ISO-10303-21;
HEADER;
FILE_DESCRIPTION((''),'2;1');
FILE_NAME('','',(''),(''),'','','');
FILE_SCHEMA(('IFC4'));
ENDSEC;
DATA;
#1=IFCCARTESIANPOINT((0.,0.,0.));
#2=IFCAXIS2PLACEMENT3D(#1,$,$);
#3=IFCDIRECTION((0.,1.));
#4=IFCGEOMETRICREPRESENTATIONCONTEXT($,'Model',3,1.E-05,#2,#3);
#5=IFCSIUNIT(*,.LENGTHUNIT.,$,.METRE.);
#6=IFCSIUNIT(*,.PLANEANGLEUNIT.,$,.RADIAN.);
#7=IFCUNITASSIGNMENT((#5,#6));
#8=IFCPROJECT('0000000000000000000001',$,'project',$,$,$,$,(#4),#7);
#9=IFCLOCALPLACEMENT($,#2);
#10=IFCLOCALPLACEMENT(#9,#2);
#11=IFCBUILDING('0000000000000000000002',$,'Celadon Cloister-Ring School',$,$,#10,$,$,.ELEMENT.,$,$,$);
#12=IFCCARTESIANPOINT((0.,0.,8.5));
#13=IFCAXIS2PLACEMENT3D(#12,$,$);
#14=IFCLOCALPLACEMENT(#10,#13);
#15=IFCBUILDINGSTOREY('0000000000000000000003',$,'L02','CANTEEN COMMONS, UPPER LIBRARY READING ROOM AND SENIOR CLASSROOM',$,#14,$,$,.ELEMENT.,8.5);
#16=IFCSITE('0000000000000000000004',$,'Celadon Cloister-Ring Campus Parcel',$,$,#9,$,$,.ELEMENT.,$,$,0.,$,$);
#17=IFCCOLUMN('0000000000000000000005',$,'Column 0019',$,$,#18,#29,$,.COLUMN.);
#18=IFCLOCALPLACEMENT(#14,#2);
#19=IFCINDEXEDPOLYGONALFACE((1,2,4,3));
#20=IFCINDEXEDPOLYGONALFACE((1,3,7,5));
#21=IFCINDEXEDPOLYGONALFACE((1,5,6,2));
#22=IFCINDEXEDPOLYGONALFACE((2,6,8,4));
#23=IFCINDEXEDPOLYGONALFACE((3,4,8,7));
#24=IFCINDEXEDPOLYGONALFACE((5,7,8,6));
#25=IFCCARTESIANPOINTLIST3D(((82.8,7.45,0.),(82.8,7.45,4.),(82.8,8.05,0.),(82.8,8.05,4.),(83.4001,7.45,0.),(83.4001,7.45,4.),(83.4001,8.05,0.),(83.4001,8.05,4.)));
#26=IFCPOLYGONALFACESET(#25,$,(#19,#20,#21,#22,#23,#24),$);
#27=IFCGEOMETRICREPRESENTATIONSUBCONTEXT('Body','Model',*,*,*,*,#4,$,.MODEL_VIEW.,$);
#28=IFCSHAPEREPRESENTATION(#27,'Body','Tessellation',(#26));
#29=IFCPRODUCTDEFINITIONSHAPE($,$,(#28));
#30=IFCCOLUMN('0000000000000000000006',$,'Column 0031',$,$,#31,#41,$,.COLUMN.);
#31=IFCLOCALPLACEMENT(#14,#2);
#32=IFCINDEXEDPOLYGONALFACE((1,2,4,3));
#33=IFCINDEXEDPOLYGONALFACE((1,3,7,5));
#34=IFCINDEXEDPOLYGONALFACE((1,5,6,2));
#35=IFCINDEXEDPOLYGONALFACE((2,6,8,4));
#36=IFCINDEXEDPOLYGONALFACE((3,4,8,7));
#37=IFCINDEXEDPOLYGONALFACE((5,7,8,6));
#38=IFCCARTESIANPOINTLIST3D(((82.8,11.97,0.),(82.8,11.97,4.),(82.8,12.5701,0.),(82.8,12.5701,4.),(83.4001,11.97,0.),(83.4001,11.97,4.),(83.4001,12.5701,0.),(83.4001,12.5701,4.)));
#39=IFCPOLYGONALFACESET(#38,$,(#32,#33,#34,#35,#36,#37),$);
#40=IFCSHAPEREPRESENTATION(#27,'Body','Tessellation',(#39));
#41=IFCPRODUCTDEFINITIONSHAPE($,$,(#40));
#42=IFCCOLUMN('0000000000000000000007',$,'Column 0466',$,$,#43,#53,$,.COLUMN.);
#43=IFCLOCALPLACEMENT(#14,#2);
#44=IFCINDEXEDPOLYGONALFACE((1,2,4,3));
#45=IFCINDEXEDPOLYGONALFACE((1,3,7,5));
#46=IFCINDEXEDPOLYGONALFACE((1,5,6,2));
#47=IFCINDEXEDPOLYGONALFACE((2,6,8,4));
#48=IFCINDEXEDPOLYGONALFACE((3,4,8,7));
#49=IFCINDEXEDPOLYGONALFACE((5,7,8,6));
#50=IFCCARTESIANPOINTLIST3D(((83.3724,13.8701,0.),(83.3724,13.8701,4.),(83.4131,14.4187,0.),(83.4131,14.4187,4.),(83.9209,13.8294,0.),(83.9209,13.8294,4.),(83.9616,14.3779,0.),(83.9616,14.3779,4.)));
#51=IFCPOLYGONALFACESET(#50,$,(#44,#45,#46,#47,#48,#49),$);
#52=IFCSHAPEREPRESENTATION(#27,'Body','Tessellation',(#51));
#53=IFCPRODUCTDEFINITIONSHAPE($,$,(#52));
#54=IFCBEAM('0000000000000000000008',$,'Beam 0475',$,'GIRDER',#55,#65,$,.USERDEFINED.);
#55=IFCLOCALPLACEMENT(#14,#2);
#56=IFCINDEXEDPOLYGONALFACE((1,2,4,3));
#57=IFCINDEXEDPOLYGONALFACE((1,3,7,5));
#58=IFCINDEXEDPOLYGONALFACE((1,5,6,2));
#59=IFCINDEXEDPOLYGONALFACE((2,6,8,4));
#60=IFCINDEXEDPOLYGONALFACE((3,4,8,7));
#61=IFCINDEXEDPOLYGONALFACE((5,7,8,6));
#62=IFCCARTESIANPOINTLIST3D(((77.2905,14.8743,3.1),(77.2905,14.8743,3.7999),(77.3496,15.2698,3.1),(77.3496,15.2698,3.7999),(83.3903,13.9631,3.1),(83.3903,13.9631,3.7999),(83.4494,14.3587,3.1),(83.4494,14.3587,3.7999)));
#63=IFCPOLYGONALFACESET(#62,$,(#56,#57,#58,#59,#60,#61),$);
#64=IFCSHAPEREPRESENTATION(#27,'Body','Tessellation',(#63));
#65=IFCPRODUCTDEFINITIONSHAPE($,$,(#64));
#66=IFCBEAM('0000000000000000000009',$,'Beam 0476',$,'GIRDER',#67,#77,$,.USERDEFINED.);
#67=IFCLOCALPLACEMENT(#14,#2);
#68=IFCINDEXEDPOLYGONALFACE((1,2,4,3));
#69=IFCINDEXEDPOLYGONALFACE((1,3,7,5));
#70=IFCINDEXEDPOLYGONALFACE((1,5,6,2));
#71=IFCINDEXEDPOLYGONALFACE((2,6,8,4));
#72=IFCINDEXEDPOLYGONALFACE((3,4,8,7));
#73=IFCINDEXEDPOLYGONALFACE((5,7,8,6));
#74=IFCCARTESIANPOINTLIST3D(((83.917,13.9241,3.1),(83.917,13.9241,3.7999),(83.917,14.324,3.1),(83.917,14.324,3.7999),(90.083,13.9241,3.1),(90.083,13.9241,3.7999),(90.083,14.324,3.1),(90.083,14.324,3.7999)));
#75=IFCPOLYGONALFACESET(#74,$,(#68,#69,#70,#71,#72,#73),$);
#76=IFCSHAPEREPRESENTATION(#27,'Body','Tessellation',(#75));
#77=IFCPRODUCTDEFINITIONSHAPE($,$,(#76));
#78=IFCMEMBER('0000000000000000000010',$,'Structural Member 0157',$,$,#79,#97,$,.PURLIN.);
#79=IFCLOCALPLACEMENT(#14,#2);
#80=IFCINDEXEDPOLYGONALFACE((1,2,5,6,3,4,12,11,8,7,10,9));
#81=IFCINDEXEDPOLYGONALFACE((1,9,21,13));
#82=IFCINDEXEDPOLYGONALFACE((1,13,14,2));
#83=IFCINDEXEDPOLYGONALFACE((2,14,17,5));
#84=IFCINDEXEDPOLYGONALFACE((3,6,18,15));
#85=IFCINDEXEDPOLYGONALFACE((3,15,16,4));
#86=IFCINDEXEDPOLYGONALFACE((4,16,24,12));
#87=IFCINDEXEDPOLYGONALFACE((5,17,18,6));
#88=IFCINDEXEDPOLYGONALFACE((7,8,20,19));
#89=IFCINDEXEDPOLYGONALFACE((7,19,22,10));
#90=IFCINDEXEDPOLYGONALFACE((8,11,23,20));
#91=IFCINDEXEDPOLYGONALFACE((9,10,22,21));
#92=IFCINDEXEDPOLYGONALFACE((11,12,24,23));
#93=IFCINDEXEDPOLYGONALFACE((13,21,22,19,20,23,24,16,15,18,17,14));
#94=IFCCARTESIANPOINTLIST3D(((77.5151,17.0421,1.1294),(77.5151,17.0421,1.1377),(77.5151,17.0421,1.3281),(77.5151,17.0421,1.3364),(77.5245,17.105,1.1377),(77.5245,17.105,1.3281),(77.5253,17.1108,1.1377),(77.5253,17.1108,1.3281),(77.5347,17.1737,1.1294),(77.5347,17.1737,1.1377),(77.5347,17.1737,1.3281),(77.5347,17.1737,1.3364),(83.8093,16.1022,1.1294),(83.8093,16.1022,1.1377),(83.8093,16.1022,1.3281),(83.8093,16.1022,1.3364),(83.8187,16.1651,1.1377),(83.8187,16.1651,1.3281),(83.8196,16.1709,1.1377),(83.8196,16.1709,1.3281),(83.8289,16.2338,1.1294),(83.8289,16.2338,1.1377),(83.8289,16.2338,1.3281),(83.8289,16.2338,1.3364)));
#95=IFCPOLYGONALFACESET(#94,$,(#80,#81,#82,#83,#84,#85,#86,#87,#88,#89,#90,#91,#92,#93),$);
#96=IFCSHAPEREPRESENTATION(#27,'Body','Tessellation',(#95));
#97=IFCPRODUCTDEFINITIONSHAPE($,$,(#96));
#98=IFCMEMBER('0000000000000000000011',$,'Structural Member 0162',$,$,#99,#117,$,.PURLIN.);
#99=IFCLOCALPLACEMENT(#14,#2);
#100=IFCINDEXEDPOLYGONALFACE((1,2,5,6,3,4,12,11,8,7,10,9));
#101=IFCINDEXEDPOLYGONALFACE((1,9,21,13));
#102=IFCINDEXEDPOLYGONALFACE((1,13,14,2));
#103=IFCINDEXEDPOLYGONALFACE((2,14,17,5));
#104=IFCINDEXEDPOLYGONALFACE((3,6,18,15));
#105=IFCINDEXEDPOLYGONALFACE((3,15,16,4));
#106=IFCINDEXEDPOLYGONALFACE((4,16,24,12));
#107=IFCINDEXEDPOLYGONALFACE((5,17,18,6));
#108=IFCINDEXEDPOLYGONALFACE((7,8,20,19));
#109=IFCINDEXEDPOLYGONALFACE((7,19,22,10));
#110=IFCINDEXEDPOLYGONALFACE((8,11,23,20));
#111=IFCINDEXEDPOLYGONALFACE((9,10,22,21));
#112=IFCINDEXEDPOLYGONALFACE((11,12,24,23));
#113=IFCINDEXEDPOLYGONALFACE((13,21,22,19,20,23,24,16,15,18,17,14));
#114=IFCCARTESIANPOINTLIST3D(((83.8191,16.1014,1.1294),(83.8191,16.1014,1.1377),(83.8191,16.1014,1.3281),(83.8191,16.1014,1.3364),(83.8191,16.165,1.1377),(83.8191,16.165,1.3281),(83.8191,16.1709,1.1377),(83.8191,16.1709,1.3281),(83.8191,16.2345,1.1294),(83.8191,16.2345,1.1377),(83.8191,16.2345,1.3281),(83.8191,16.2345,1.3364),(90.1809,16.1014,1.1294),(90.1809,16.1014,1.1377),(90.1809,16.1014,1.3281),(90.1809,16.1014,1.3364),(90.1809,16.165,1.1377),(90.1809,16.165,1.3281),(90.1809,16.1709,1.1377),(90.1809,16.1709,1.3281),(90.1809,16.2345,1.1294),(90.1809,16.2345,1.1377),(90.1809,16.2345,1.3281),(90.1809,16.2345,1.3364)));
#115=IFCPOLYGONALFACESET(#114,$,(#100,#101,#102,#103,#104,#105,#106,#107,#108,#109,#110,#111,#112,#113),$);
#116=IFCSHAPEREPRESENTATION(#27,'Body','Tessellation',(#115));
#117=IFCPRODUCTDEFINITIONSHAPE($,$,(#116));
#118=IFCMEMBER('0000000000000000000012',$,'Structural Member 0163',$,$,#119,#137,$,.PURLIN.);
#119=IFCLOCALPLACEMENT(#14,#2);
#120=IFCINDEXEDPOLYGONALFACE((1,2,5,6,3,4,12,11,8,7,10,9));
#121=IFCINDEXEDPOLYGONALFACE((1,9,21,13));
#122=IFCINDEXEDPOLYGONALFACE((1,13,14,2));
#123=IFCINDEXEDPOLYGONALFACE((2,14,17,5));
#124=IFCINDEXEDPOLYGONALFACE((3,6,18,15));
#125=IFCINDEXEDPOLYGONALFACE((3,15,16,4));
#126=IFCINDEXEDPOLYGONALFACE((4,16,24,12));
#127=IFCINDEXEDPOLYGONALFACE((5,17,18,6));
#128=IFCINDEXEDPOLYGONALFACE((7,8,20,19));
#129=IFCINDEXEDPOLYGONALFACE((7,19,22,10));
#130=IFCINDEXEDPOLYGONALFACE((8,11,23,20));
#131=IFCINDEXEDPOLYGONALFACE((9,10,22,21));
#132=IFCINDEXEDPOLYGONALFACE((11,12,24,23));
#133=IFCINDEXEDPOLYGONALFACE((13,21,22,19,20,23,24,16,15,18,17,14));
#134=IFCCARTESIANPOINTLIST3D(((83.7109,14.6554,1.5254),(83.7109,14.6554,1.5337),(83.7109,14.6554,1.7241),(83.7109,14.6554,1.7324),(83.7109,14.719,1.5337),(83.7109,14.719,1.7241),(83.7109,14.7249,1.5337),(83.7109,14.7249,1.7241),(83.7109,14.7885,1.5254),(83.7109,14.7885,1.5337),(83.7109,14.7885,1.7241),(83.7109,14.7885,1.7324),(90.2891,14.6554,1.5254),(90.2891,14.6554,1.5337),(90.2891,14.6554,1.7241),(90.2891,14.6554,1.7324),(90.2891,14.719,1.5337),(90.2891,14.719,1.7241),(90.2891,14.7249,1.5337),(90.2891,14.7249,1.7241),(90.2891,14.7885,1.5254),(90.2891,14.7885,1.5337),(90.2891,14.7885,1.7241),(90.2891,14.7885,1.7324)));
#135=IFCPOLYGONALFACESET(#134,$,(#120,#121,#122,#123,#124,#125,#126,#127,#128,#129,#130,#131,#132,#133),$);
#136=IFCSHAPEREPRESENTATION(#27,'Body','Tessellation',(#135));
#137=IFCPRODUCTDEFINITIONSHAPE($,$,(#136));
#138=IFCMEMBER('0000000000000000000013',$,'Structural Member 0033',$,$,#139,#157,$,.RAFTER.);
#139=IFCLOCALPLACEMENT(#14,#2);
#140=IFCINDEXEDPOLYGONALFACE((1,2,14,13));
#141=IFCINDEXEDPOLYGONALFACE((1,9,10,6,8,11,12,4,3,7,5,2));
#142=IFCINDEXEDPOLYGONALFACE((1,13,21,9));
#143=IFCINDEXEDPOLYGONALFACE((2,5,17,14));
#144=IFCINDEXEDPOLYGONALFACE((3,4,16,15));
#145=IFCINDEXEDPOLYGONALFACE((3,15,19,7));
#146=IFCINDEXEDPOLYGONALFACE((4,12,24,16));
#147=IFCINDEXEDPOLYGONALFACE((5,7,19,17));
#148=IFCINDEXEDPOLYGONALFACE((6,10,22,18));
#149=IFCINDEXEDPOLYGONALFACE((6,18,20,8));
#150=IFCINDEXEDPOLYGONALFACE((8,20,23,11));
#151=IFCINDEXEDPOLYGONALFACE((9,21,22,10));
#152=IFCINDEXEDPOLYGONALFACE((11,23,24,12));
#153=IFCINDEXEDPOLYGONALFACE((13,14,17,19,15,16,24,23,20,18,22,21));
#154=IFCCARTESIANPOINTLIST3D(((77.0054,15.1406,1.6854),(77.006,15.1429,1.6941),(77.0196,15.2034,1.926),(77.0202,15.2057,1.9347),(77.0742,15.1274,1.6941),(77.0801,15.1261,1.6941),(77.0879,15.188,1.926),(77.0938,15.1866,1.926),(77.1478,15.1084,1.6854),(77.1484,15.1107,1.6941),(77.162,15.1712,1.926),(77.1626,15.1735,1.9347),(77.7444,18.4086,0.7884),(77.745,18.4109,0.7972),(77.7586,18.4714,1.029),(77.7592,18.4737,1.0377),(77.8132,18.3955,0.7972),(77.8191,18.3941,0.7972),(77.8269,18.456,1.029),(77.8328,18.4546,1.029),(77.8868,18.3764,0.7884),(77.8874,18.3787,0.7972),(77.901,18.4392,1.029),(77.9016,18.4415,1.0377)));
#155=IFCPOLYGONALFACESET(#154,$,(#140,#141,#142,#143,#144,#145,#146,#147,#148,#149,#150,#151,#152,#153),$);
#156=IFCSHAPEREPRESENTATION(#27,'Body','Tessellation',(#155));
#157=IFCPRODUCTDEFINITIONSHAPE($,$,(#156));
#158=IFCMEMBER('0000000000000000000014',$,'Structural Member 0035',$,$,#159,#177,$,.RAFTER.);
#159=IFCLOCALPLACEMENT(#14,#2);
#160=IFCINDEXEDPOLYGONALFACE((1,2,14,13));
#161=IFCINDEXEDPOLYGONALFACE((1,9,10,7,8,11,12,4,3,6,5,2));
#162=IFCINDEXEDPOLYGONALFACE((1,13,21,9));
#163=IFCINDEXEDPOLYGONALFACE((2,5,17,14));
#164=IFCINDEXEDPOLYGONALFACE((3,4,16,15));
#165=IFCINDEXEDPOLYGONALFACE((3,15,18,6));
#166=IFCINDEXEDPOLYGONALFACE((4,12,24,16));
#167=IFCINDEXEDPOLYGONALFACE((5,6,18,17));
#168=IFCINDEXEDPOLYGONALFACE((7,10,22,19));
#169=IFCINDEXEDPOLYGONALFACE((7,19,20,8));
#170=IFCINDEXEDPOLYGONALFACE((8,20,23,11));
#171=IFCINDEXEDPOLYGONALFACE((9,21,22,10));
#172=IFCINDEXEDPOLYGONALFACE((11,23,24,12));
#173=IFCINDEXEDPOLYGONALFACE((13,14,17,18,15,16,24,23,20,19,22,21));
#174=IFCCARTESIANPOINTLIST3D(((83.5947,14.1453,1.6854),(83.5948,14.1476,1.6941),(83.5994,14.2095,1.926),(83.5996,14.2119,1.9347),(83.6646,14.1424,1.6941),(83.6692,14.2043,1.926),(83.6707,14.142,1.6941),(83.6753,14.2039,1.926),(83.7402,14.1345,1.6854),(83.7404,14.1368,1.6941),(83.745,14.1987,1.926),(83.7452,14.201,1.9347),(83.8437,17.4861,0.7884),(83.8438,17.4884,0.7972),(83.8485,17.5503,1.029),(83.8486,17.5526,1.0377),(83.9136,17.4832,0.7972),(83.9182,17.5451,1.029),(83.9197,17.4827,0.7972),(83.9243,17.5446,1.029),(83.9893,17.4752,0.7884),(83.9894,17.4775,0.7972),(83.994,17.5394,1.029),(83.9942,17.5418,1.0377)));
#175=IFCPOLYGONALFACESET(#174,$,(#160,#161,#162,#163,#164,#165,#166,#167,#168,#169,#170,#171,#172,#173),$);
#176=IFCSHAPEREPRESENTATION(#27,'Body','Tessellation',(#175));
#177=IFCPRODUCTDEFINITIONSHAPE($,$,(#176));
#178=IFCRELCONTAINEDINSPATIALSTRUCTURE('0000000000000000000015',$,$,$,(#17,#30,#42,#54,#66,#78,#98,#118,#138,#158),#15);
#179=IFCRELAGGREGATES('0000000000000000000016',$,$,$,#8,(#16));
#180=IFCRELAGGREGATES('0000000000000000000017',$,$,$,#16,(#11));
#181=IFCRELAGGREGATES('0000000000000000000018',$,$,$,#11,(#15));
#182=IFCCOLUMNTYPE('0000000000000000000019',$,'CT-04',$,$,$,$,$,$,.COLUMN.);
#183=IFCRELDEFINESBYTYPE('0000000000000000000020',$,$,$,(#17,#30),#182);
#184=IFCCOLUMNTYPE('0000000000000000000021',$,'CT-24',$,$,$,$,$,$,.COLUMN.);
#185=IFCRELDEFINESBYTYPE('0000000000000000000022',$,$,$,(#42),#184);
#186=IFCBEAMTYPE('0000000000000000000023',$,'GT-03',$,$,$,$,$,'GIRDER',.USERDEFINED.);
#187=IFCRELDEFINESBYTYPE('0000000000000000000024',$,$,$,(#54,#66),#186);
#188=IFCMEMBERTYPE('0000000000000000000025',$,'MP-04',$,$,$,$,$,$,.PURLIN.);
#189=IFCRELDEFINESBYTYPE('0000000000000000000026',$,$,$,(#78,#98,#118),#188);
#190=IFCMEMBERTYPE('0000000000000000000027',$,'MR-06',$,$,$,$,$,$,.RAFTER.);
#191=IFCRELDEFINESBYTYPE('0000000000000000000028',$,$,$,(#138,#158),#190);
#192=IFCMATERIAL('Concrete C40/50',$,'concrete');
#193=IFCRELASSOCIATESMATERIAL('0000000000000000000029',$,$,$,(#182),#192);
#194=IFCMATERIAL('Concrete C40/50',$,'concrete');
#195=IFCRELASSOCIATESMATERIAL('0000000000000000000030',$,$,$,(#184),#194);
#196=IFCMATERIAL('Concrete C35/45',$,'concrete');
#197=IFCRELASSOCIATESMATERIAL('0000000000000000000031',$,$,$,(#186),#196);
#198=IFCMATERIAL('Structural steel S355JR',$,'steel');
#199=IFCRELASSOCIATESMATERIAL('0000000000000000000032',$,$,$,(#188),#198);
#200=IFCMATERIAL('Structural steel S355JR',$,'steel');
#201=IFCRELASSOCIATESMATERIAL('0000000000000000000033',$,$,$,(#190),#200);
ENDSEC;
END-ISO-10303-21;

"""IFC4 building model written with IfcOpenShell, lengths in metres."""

from ifc_helpers import new_model, si_unit, direction, frame, origin, origin_2d, place, context, subcontext, project, spatial, rectangle, i_section, extrude, material, material_profile, profile_set, type_object, element, save


model = new_model("IFC4")

# Units and contexts
model_context = context("Model", 3, precision=1e-05, world=origin(), true_north=direction((0.0, 1.0)))
body_context = subcontext(model_context, "Body", "Model", "MODEL_VIEW")
ifc_project = project(units=[si_unit("LENGTHUNIT", "METRE"), si_unit("PLANEANGLEUNIT", "RADIAN")], contexts=[model_context])

# Site, building, storey
site_placement = place(None, origin())
site = spatial("IfcSite", under=ifc_project, at=site_placement, Name="Celadon Cloister-Ring Campus Parcel", CompositionType="ELEMENT", RefElevation=0.0)
building_placement = place(site_placement, origin())
building = spatial("IfcBuilding", under=site, at=building_placement, Name="Celadon Cloister-Ring School", CompositionType="ELEMENT")
storey_placement = place(building_placement, frame((0.0, 0.0, 8.5)))
storey = spatial("IfcBuildingStorey", under=building, at=storey_placement, Name="L02", Description="CANTEEN COMMONS, UPPER LIBRARY READING ROOM AND SENIOR CLASSROOM", CompositionType="ELEMENT", Elevation=8.5)

# Columns
ifc_material_1 = material(Name="Concrete C40/50", Category="concrete")
ifc_material_profile_1 = material_profile(ifc_material_1, rectangle(XDim=0.6001, YDim=0.6001, at=origin_2d()), Name="RC600X600")
ifc_profile_set_1 = profile_set([ifc_material_profile_1], Name="Concrete C40/50")
column_type_1 = type_object("IfcColumnType", Name="CT-04", PredefinedType="COLUMN", material=ifc_profile_set_1)
for number, where, z_axis, x_axis, name in (
    (1, (83.1001, 7.75, 0.0), (0.0, 0.0, 1.0), (1.0, 0.0, 0.0), "Column 0019"),
    (2, (83.1001, 12.27, 0.0), (0.0, 0.0, 1.0), (1.0, 0.0, 0.0), "Column 0031"),
):
    element("IfcColumn", number, at=place(storey_placement, frame(where, z_axis=z_axis, x_axis=x_axis)), inside=storey, type_object=column_type_1, Name=name, PredefinedType="COLUMN", context=body_context, shape_type="SweptSolid", body=[
        extrude(rectangle(XDim=0.6001, YDim=0.6001, at=origin_2d()), origin(), (0.0, 0.0, 1.0), 4.0),
    ])
ifc_material_2 = material(Name="Concrete C40/50", Category="concrete")
ifc_material_profile_2 = material_profile(ifc_material_2, rectangle(XDim=0.55, YDim=0.55, at=origin_2d()), Name="RC550X550")
ifc_profile_set_2 = profile_set([ifc_material_profile_2], Name="Concrete C40/50")
column_type_2 = type_object("IfcColumnType", Name="CT-24", PredefinedType="COLUMN", material=ifc_profile_set_2)
column_placement = place(storey_placement, frame((83.667, 14.124, 0.0), z_axis=(0.0, 0.0, 1.0), x_axis=(-0.074074, -0.997253, 0.0)))
element("IfcColumn", 3, at=column_placement, inside=storey, type_object=column_type_2, Name="Column 0466", PredefinedType="COLUMN", context=body_context, shape_type="SweptSolid", body=[
    extrude(rectangle(XDim=0.55, YDim=0.55, at=origin_2d()), origin(), (0.0, 0.0, 1.0), 4.0),
])

# Beams
ifc_material_3 = material(Name="Concrete C35/45", Category="concrete")
ifc_material_profile_3 = material_profile(ifc_material_3, rectangle(XDim=0.3999, YDim=0.7, at=origin_2d()), Name="RC400X700")
ifc_profile_set_3 = profile_set([ifc_material_profile_3], Name="Concrete C35/45")
beam_type = type_object("IfcBeamType", Name="GT-03", ElementType="GIRDER", PredefinedType="USERDEFINED", material=ifc_profile_set_3)
beam_1_placement = place(storey_placement, frame((77.3201, 15.072, 3.45), z_axis=(0.989028, -0.147731, 0.0), x_axis=(0.147731, 0.989028, 0.0)))
element("IfcBeam", 4, at=beam_1_placement, inside=storey, type_object=beam_type, Name="Beam 0475", ObjectType="GIRDER", PredefinedType="USERDEFINED", context=body_context, shape_type="SweptSolid", body=[
    extrude(rectangle(XDim=0.3999, YDim=0.7, at=origin_2d()), origin(), (0.0, 0.0, 1.0), 6.1675),
])
beam_2_placement = place(storey_placement, frame((83.917, 14.124, 3.45), z_axis=(1.0, 0.0, 0.0), x_axis=(0.0, 1.0, 0.0)))
element("IfcBeam", 5, at=beam_2_placement, inside=storey, type_object=beam_type, Name="Beam 0476", ObjectType="GIRDER", PredefinedType="USERDEFINED", context=body_context, shape_type="SweptSolid", body=[
    extrude(rectangle(XDim=0.3999, YDim=0.7, at=origin_2d()), origin(), (0.0, 0.0, 1.0), 6.166),
])

# Members
ifc_material_4 = material(Name="Structural steel S355JR", Category="steel")
ifc_material_profile_4 = material_profile(ifc_material_4, i_section(OverallWidth=0.1331, OverallDepth=0.207, WebThickness=0.0059, FlangeThickness=0.0083, at=origin_2d()), Name="W200X27")
ifc_profile_set_4 = profile_set([ifc_material_profile_4], Name="Structural steel S355JR")
member_type_1 = type_object("IfcMemberType", Name="MP-04", PredefinedType="PURLIN", material=ifc_profile_set_4)
member_1_placement = place(storey_placement, frame((77.5249, 17.1079, 1.2329), z_axis=(0.989033, -0.147697, 0.0), x_axis=(0.147697, 0.989033, 0.0)))
element("IfcMember", 6, at=member_1_placement, inside=storey, type_object=member_type_1, Name="Structural Member 0157", PredefinedType="PURLIN", context=body_context, shape_type="SweptSolid", body=[
    extrude(i_section(OverallWidth=0.1331, OverallDepth=0.207, WebThickness=0.0059, FlangeThickness=0.0083, at=origin_2d()), origin(), (0.0, 0.0, 1.0), 6.364),
])
member_2_placement = place(storey_placement, frame((83.8191, 16.168, 1.2329), z_axis=(1.0, 0.0, 0.0), x_axis=(0.0, 1.0, 0.0)))
element("IfcMember", 7, at=member_2_placement, inside=storey, type_object=member_type_1, Name="Structural Member 0162", PredefinedType="PURLIN", context=body_context, shape_type="SweptSolid", body=[
    extrude(i_section(OverallWidth=0.1331, OverallDepth=0.207, WebThickness=0.0059, FlangeThickness=0.0083, at=origin_2d()), origin(), (0.0, 0.0, 1.0), 6.3618),
])
member_3_placement = place(storey_placement, frame((83.7109, 14.7219, 1.6289), z_axis=(1.0, 0.0, 0.0), x_axis=(0.0, 1.0, 0.0)))
element("IfcMember", 8, at=member_3_placement, inside=storey, type_object=member_type_1, Name="Structural Member 0163", PredefinedType="PURLIN", context=body_context, shape_type="SweptSolid", body=[
    extrude(i_section(OverallWidth=0.1331, OverallDepth=0.207, WebThickness=0.0059, FlangeThickness=0.0083, at=origin_2d()), origin(), (0.0, 0.0, 1.0), 6.5781),
])
ifc_material_5 = material(Name="Structural steel S355JR", Category="steel")
ifc_material_profile_5 = material_profile(ifc_material_5, i_section(OverallWidth=0.146, OverallDepth=0.2581, WebThickness=0.0061, FlangeThickness=0.009, at=origin_2d()), Name="W250X33")
ifc_profile_set_5 = profile_set([ifc_material_profile_5], Name="Structural steel S355JR")
member_type_2 = type_object("IfcMemberType", Name="MR-06", PredefinedType="RAFTER", material=ifc_profile_set_5)
member_4_placement = place(storey_placement, frame((77.823, 18.425, 0.9131), z_axis=(-0.21306, -0.942195, 0.2586), x_axis=(0.975373, -0.220563, 0.0)))
element("IfcMember", 9, at=member_4_placement, inside=storey, type_object=member_type_2, Name="Structural Member 0033", PredefinedType="RAFTER", context=body_context, shape_type="SweptSolid", body=[
    extrude(i_section(OverallWidth=0.146, OverallDepth=0.2581, WebThickness=0.0061, FlangeThickness=0.009, at=origin_2d()), origin(), (0.0, 0.0, 1.0), 3.4685),
])
member_5_placement = place(storey_placement, frame((83.9189, 17.5139, 0.9131), z_axis=(-0.071804, -0.963302, 0.258636), x_axis=(0.997233, -0.074333, 0.0)))
element("IfcMember", 10, at=member_5_placement, inside=storey, type_object=member_type_2, Name="Structural Member 0035", PredefinedType="RAFTER", context=body_context, shape_type="SweptSolid", body=[
    extrude(i_section(OverallWidth=0.146, OverallDepth=0.2581, WebThickness=0.0061, FlangeThickness=0.009, at=origin_2d()), origin(), (0.0, 0.0, 1.0), 3.468),
])

save(model, "model.ifc")
